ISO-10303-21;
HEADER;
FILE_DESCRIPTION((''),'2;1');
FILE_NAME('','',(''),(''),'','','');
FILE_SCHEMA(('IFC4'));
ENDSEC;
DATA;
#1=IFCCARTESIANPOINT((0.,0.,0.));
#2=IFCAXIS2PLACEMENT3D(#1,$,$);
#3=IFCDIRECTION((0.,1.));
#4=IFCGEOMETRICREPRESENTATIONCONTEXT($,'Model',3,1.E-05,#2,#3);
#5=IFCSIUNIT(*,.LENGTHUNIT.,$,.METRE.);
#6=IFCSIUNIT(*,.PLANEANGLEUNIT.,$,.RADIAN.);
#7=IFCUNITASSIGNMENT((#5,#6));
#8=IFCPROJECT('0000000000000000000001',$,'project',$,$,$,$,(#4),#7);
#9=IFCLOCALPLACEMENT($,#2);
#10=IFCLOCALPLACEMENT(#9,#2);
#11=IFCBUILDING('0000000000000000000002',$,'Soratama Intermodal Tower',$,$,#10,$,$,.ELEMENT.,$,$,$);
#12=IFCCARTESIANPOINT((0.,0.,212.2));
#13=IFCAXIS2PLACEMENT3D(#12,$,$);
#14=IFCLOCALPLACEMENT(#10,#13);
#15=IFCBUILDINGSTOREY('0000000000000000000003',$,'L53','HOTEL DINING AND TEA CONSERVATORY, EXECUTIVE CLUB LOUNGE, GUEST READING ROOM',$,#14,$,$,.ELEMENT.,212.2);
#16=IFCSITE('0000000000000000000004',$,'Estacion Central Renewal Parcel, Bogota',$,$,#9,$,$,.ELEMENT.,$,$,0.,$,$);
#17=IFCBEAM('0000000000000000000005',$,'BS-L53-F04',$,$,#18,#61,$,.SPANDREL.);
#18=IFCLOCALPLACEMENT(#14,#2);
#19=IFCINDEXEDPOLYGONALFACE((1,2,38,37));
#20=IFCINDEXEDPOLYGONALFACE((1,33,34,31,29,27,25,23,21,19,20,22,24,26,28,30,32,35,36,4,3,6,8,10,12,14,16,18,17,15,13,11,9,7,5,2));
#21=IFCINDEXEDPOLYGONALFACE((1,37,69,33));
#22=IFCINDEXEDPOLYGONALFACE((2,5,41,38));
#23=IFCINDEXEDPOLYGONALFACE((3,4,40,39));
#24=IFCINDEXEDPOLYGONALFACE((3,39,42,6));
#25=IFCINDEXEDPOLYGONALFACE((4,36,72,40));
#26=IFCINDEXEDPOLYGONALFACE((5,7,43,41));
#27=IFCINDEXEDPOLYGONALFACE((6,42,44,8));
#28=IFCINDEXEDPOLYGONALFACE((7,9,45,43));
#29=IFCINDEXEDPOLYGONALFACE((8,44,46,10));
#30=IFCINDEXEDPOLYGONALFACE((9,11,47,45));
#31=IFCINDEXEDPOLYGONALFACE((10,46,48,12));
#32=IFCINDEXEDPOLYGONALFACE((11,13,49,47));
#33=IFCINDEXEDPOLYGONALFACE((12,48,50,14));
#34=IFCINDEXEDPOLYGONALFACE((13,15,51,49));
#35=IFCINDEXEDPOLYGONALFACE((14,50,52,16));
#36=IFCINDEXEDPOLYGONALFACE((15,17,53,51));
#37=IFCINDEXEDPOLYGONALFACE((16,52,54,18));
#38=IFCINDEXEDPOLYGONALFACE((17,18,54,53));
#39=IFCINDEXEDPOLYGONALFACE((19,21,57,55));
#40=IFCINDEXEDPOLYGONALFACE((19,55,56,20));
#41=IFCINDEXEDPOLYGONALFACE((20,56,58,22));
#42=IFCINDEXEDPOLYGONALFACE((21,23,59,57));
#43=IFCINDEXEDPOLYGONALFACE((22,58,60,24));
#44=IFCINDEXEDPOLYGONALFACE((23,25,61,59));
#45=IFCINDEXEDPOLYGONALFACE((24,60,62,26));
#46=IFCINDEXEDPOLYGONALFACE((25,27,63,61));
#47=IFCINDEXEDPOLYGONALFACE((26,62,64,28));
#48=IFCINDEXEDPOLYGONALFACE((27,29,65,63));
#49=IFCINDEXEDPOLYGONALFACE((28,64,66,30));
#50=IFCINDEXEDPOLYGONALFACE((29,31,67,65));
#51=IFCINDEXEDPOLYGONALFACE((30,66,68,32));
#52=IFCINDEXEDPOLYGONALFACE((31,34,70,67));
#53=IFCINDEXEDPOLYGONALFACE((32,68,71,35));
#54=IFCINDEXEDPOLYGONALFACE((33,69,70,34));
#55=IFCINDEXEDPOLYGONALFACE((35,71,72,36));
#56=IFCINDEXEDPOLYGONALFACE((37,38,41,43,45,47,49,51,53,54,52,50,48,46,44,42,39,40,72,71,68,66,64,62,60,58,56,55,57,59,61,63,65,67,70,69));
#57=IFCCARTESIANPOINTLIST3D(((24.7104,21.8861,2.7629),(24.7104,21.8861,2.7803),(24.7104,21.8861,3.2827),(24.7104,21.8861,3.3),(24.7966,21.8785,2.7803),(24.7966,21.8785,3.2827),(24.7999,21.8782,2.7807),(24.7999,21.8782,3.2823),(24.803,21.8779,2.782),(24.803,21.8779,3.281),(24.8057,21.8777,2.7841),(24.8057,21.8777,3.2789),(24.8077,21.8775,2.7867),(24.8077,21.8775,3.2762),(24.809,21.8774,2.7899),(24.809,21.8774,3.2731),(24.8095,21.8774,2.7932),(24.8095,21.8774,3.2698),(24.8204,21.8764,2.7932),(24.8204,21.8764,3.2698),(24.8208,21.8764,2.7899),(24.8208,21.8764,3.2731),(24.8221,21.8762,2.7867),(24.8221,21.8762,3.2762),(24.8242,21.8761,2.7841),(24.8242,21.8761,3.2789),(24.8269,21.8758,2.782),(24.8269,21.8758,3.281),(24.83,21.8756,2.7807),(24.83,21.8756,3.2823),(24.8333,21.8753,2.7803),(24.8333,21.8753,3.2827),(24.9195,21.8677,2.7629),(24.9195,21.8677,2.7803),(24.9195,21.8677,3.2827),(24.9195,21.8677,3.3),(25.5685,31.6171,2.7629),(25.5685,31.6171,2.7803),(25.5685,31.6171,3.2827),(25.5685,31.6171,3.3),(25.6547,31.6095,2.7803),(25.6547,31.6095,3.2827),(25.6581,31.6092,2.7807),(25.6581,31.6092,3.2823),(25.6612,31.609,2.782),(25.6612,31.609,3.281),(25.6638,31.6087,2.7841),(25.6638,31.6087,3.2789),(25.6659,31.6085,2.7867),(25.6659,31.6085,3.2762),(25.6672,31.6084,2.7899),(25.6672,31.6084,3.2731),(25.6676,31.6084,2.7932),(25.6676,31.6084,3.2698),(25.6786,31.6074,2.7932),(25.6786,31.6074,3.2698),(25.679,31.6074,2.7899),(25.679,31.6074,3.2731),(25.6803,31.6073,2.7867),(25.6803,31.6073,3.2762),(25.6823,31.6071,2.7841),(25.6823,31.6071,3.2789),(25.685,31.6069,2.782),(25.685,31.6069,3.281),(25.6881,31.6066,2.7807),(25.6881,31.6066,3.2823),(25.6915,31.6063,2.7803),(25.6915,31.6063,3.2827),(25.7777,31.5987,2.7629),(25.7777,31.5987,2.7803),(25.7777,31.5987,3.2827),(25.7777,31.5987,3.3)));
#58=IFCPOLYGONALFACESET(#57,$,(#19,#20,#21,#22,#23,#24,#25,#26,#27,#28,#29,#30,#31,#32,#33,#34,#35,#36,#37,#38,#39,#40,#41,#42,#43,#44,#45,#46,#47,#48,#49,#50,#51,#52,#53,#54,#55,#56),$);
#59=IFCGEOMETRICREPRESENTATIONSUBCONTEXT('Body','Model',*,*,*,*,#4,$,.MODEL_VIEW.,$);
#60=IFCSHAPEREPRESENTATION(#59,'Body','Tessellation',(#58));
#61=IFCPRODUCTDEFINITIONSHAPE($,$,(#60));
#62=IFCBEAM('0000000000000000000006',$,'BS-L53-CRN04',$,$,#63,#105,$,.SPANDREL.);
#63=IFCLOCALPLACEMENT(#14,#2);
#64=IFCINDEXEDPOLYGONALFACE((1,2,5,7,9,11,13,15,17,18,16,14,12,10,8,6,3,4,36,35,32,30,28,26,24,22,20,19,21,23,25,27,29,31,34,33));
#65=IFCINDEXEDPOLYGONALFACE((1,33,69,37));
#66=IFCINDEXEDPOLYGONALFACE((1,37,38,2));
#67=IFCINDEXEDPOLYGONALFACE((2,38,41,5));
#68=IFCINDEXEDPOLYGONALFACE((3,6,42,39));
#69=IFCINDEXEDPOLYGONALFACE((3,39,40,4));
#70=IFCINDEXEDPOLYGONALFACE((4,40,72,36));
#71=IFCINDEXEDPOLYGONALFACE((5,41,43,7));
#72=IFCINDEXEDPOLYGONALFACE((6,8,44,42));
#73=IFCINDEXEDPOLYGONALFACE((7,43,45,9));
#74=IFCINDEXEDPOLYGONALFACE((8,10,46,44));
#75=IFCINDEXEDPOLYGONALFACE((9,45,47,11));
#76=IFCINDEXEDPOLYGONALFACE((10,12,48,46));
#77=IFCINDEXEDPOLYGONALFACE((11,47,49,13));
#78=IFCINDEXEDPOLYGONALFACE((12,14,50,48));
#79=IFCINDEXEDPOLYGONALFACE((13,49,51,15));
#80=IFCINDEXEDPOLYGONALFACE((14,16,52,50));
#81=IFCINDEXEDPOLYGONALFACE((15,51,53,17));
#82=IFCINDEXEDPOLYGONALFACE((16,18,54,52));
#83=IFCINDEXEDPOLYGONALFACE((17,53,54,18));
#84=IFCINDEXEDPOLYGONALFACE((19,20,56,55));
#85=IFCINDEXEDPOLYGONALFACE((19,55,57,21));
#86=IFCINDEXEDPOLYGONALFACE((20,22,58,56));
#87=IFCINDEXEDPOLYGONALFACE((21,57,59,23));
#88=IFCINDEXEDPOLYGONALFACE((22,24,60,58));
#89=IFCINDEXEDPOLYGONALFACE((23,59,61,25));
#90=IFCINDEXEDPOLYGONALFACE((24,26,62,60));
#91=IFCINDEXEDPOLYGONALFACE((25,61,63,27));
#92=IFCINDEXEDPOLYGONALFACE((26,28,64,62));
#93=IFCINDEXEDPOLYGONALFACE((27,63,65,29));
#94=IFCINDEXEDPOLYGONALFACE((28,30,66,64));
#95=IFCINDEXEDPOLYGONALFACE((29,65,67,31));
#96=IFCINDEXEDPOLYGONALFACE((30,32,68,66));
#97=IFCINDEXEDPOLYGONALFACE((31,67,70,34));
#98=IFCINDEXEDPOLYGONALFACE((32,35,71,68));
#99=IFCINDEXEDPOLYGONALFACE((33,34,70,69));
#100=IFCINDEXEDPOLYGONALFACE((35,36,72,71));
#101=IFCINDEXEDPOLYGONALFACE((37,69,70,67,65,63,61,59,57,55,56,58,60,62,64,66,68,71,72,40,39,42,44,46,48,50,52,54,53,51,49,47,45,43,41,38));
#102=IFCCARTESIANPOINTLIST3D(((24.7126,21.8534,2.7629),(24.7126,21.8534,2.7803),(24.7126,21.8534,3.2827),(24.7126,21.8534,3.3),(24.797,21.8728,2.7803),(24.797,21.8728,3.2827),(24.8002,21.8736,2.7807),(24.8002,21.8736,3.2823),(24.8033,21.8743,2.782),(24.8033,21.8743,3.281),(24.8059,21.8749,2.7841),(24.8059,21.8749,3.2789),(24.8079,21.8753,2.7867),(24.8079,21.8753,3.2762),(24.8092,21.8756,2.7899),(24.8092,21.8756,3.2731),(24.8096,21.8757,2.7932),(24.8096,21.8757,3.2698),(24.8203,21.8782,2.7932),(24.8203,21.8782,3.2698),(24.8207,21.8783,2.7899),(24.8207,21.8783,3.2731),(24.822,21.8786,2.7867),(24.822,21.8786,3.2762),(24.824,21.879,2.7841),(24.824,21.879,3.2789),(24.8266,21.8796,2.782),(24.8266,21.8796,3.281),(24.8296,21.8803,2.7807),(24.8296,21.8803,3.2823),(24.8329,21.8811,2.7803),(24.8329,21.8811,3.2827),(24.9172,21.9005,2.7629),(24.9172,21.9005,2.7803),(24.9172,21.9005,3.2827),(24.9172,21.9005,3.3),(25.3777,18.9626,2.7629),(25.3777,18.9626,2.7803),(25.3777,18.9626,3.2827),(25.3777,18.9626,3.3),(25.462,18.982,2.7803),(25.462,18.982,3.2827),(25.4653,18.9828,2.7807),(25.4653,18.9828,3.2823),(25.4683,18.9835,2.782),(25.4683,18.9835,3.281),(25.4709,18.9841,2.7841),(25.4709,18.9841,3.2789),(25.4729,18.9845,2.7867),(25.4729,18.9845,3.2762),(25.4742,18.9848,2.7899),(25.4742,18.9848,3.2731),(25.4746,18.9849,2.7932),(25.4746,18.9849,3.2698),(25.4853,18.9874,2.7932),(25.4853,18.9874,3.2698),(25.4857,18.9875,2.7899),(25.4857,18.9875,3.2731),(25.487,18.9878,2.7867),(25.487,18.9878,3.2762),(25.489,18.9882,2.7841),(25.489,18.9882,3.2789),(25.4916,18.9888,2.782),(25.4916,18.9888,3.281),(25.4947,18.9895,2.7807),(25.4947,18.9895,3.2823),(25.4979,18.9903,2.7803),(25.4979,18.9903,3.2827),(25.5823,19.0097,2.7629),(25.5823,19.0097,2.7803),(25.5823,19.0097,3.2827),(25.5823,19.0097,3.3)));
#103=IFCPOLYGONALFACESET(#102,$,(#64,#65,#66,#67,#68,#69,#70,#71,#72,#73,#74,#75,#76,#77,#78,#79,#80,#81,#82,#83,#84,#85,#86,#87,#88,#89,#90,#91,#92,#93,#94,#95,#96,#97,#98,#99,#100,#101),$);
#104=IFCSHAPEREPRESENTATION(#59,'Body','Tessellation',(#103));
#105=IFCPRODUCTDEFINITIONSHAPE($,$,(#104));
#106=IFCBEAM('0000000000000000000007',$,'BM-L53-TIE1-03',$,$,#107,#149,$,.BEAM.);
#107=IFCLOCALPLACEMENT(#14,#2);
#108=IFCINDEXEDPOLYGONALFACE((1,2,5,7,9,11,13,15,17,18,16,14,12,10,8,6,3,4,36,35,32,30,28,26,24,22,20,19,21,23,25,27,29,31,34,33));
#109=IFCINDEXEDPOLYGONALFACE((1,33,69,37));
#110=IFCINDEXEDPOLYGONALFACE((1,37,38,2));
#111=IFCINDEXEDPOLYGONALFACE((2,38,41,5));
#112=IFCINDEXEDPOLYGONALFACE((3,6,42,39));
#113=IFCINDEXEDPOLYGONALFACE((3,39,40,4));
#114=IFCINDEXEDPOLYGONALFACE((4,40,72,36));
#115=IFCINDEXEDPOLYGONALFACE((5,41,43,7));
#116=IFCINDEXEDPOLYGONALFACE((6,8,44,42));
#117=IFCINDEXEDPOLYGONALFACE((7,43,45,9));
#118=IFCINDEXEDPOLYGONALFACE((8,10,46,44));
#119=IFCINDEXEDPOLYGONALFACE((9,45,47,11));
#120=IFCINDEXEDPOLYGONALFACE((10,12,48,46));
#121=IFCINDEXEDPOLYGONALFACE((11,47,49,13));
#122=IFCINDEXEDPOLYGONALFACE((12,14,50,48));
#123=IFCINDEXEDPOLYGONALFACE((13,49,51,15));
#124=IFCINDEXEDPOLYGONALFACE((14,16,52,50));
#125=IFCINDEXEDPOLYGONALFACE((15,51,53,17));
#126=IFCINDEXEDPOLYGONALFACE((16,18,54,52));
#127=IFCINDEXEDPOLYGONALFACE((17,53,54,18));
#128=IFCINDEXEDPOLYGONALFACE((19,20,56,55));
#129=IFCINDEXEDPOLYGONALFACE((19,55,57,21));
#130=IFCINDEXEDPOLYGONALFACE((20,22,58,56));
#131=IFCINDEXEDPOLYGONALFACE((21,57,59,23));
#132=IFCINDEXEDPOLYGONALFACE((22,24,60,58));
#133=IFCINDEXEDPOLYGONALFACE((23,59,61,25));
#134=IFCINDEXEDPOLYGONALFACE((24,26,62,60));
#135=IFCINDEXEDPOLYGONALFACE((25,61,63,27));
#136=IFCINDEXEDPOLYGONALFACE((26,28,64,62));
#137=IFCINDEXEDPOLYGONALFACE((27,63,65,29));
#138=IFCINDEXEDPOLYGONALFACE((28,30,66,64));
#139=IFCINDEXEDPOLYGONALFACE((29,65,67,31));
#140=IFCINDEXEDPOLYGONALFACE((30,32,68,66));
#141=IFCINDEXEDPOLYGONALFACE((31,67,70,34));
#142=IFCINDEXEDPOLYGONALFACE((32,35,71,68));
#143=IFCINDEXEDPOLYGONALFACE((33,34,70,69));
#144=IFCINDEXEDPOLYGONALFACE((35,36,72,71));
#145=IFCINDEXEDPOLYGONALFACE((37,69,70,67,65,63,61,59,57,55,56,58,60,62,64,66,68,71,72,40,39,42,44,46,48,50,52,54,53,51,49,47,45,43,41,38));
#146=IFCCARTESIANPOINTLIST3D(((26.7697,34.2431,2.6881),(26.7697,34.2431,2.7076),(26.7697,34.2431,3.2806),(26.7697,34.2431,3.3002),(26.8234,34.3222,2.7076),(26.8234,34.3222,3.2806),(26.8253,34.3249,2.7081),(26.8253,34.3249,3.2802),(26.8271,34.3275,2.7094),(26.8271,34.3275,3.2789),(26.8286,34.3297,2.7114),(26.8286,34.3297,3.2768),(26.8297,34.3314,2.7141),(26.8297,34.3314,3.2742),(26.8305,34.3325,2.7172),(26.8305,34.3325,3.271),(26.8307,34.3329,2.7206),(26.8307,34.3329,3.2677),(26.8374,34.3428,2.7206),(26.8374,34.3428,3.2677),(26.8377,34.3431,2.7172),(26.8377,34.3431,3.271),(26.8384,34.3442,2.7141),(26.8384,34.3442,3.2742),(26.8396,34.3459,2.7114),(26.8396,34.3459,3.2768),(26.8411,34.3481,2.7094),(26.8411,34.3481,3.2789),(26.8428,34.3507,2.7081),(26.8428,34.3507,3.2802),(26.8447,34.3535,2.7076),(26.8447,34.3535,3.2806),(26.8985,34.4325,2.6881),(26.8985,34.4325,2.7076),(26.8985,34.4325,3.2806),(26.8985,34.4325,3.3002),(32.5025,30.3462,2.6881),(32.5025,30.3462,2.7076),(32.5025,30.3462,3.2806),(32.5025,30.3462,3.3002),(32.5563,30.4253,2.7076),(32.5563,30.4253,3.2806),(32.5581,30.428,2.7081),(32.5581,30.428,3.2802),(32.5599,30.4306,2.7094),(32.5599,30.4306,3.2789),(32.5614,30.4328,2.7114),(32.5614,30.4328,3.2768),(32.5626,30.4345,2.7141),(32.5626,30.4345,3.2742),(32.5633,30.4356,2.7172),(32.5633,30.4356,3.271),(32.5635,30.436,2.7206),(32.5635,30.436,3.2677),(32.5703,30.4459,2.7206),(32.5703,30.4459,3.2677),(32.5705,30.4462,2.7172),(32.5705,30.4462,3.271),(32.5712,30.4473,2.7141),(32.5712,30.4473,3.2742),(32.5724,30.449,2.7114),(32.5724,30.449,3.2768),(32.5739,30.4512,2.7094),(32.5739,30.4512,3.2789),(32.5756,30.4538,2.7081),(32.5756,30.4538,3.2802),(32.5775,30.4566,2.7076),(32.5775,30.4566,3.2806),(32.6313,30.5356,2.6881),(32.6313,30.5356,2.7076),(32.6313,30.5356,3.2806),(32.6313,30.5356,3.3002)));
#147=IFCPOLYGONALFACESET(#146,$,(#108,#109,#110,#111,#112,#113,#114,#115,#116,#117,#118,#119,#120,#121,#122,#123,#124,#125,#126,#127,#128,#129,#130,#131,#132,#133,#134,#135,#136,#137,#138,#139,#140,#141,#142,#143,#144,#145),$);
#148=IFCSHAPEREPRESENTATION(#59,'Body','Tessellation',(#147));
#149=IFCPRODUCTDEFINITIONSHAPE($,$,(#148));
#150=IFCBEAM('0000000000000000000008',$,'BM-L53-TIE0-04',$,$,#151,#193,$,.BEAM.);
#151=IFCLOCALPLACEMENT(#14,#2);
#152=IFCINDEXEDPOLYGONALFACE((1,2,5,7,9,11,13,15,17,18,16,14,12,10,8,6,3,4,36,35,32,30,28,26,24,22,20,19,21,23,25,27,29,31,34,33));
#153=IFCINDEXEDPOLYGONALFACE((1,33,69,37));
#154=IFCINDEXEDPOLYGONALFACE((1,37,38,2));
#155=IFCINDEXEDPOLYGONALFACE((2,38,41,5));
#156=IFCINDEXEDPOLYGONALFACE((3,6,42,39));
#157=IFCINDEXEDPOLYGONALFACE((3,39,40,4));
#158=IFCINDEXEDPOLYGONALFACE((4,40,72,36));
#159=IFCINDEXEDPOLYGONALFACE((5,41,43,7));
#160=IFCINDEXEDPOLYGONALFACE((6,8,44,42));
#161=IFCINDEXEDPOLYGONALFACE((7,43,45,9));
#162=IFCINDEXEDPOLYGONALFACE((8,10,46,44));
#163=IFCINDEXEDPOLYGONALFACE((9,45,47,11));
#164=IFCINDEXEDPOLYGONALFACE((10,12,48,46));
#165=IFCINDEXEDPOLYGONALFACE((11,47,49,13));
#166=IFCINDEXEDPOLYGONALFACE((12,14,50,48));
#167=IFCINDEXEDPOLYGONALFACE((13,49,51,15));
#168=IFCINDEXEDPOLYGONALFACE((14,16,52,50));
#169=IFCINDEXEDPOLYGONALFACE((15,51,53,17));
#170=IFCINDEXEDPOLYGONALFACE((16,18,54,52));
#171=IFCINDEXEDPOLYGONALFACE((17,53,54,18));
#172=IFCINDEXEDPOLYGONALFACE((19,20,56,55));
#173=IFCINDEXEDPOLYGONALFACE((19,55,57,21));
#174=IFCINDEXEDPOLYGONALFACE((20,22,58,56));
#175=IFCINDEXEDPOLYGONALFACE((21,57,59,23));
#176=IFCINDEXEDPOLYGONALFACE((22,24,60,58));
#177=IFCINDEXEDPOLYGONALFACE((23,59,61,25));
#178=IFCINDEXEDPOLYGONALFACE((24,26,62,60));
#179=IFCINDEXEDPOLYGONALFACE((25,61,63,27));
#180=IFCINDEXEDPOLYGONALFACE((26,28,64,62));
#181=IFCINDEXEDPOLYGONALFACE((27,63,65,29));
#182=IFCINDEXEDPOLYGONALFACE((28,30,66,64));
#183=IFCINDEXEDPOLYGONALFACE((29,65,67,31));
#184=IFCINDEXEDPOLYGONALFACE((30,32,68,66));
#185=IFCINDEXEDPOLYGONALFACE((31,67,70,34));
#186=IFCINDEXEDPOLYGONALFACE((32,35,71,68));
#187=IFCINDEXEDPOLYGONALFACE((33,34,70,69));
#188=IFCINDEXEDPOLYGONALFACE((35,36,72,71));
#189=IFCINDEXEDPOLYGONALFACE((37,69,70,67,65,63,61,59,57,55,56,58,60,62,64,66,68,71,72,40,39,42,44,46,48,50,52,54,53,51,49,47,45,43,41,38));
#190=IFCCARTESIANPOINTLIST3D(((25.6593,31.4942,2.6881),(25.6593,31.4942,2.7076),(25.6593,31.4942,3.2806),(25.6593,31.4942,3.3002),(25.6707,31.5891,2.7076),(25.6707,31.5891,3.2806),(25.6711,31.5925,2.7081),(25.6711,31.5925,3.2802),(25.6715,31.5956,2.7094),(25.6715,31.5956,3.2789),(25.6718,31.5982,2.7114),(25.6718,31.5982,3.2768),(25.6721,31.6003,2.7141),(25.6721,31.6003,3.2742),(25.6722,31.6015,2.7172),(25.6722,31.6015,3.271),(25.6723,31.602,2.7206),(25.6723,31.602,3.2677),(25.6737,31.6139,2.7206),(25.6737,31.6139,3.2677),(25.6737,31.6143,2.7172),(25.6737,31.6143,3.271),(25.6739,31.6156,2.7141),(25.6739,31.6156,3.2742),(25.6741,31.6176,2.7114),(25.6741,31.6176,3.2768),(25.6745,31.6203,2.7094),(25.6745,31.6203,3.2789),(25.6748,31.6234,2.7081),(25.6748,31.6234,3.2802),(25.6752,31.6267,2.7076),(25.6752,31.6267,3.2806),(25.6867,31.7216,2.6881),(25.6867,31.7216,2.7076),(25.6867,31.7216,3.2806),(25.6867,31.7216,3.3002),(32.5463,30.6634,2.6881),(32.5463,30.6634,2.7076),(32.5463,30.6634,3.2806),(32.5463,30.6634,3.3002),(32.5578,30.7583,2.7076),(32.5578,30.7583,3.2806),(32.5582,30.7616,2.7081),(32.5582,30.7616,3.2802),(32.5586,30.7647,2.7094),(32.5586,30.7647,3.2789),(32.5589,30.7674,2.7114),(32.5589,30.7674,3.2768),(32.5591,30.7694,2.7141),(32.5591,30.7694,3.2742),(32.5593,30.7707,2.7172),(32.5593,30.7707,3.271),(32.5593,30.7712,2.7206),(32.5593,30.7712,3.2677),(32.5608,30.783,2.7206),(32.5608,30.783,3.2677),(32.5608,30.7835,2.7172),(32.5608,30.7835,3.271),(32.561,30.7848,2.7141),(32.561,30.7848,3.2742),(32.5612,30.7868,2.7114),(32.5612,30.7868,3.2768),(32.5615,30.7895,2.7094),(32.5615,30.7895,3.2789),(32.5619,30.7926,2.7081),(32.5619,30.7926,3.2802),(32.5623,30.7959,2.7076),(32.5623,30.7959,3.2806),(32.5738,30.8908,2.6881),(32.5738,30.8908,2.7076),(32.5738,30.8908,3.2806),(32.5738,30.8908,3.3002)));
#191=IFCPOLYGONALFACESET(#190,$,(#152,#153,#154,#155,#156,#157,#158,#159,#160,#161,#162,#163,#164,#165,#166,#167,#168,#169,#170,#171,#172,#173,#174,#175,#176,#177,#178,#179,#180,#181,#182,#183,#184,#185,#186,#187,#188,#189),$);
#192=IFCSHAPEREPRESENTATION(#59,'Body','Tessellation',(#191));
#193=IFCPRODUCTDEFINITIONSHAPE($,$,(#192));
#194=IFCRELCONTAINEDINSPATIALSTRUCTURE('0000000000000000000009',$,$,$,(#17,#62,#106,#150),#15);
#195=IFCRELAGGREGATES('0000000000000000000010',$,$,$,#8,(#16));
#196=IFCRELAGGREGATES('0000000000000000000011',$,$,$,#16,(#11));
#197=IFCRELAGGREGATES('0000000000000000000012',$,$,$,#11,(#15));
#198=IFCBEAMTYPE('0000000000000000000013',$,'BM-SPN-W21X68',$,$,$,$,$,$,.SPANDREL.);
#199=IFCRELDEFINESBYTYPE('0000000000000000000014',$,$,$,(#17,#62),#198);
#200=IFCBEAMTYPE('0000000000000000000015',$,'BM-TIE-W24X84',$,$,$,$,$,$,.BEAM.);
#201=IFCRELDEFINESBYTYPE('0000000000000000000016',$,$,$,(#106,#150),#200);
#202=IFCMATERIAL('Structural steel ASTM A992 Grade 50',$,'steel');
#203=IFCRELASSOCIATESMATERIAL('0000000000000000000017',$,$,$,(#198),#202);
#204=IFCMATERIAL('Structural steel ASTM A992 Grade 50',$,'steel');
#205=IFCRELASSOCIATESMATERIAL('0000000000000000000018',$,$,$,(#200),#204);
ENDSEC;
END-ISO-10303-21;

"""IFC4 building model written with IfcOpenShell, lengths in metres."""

from ifc_helpers import new_model, si_unit, direction, frame, origin, origin_2d, place, context, subcontext, project, spatial, i_section, extrude, material, material_profile, profile_set, type_object, element, save


model = new_model("IFC4")

# Units and contexts
model_context = context("Model", 3, precision=1e-05, world=origin(), true_north=direction((0.0, 1.0)))
body_context = subcontext(model_context, "Body", "Model", "MODEL_VIEW")
ifc_project = project(units=[si_unit("LENGTHUNIT", "METRE"), si_unit("PLANEANGLEUNIT", "RADIAN")], contexts=[model_context])

# Site, building, storey
site_placement = place(None, origin())
site = spatial("IfcSite", under=ifc_project, at=site_placement, Name="Estacion Central Renewal Parcel, Bogota", CompositionType="ELEMENT", RefElevation=0.0)
building_placement = place(site_placement, origin())
building = spatial("IfcBuilding", under=site, at=building_placement, Name="Soratama Intermodal Tower", CompositionType="ELEMENT")
storey_placement = place(building_placement, frame((0.0, 0.0, 212.2)))
storey = spatial("IfcBuildingStorey", under=building, at=storey_placement, Name="L53", Description="HOTEL DINING AND TEA CONSERVATORY, EXECUTIVE CLUB LOUNGE, GUEST READING ROOM", CompositionType="ELEMENT", Elevation=212.2)

# Beams
ifc_material_1 = material(Name="Structural steel ASTM A992 Grade 50", Category="steel")
ifc_material_profile_1 = material_profile(ifc_material_1, i_section(OverallWidth=0.21, OverallDepth=0.5371, WebThickness=0.011, FlangeThickness=0.0173, FilletRadius=0.0129, at=origin_2d()), Name="W21X68")
ifc_profile_set_1 = profile_set([ifc_material_profile_1], Name="Structural steel ASTM A992 Grade 50")
beam_type_1 = type_object("IfcBeamType", Name="BM-SPN-W21X68", PredefinedType="SPANDREL", material=ifc_profile_set_1)
beam_1_placement = place(storey_placement, frame((25.6731, 31.6079, 3.0315), z_axis=(-0.087847, -0.996134, 0.0), x_axis=(0.996134, -0.087847, 0.0)))
element("IfcBeam", 1, at=beam_1_placement, inside=storey, type_object=beam_type_1, Name="BS-L53-F04", PredefinedType="SPANDREL", context=body_context, shape_type="SweptSolid", body=[
    extrude(i_section(OverallWidth=0.21, OverallDepth=0.5371, WebThickness=0.011, FlangeThickness=0.0173, FilletRadius=0.0129, at=origin_2d()), origin(), (0.0, 0.0, 1.0), 9.7688),
])
beam_2_placement = place(storey_placement, frame((24.8149, 21.877, 3.0315), z_axis=(0.224192, -0.974545, 0.0), x_axis=(0.974545, 0.224192, 0.0)))
element("IfcBeam", 2, at=beam_2_placement, inside=storey, type_object=beam_type_1, Name="BS-L53-CRN04", PredefinedType="SPANDREL", context=body_context, shape_type="SweptSolid", body=[
    extrude(i_section(OverallWidth=0.21, OverallDepth=0.5371, WebThickness=0.011, FlangeThickness=0.0173, FilletRadius=0.0129, at=origin_2d()), origin(), (0.0, 0.0, 1.0), 2.9663),
])
ifc_material_2 = material(Name="Structural steel ASTM A992 Grade 50", Category="steel")
ifc_material_profile_2 = material_profile(ifc_material_2, i_section(OverallWidth=0.229, OverallDepth=0.6121, WebThickness=0.012, FlangeThickness=0.0195, FilletRadius=0.0129, at=origin_2d()), Name="W24X84")
ifc_profile_set_2 = profile_set([ifc_material_profile_2], Name="Structural steel ASTM A992 Grade 50")
beam_type_2 = type_object("IfcBeamType", Name="BM-TIE-W24X84", PredefinedType="BEAM", material=ifc_profile_set_2)
beam_3_placement = place(storey_placement, frame((32.5669, 30.4409, 2.9941), z_axis=(-0.827021, 0.562171, 0.0), x_axis=(-0.562171, -0.827021, 0.0)))
element("IfcBeam", 3, at=beam_3_placement, inside=storey, type_object=beam_type_2, Name="BM-L53-TIE1-03", PredefinedType="BEAM", context=body_context, shape_type="SweptSolid", body=[
    extrude(i_section(OverallWidth=0.229, OverallDepth=0.6121, WebThickness=0.012, FlangeThickness=0.0195, FilletRadius=0.0129, at=origin_2d()), origin(), (0.0, 0.0, 1.0), 6.9319),
])
beam_4_placement = place(storey_placement, frame((32.5601, 30.7771, 2.9941), z_axis=(-0.992802, 0.119767, 0.0), x_axis=(-0.119767, -0.992802, 0.0)))
element("IfcBeam", 4, at=beam_4_placement, inside=storey, type_object=beam_type_2, Name="BM-L53-TIE0-04", PredefinedType="BEAM", context=body_context, shape_type="SweptSolid", body=[
    extrude(i_section(OverallWidth=0.229, OverallDepth=0.6121, WebThickness=0.012, FlangeThickness=0.0195, FilletRadius=0.0129, at=origin_2d()), origin(), (0.0, 0.0, 1.0), 6.937),
])

save(model, "model.ifc")
